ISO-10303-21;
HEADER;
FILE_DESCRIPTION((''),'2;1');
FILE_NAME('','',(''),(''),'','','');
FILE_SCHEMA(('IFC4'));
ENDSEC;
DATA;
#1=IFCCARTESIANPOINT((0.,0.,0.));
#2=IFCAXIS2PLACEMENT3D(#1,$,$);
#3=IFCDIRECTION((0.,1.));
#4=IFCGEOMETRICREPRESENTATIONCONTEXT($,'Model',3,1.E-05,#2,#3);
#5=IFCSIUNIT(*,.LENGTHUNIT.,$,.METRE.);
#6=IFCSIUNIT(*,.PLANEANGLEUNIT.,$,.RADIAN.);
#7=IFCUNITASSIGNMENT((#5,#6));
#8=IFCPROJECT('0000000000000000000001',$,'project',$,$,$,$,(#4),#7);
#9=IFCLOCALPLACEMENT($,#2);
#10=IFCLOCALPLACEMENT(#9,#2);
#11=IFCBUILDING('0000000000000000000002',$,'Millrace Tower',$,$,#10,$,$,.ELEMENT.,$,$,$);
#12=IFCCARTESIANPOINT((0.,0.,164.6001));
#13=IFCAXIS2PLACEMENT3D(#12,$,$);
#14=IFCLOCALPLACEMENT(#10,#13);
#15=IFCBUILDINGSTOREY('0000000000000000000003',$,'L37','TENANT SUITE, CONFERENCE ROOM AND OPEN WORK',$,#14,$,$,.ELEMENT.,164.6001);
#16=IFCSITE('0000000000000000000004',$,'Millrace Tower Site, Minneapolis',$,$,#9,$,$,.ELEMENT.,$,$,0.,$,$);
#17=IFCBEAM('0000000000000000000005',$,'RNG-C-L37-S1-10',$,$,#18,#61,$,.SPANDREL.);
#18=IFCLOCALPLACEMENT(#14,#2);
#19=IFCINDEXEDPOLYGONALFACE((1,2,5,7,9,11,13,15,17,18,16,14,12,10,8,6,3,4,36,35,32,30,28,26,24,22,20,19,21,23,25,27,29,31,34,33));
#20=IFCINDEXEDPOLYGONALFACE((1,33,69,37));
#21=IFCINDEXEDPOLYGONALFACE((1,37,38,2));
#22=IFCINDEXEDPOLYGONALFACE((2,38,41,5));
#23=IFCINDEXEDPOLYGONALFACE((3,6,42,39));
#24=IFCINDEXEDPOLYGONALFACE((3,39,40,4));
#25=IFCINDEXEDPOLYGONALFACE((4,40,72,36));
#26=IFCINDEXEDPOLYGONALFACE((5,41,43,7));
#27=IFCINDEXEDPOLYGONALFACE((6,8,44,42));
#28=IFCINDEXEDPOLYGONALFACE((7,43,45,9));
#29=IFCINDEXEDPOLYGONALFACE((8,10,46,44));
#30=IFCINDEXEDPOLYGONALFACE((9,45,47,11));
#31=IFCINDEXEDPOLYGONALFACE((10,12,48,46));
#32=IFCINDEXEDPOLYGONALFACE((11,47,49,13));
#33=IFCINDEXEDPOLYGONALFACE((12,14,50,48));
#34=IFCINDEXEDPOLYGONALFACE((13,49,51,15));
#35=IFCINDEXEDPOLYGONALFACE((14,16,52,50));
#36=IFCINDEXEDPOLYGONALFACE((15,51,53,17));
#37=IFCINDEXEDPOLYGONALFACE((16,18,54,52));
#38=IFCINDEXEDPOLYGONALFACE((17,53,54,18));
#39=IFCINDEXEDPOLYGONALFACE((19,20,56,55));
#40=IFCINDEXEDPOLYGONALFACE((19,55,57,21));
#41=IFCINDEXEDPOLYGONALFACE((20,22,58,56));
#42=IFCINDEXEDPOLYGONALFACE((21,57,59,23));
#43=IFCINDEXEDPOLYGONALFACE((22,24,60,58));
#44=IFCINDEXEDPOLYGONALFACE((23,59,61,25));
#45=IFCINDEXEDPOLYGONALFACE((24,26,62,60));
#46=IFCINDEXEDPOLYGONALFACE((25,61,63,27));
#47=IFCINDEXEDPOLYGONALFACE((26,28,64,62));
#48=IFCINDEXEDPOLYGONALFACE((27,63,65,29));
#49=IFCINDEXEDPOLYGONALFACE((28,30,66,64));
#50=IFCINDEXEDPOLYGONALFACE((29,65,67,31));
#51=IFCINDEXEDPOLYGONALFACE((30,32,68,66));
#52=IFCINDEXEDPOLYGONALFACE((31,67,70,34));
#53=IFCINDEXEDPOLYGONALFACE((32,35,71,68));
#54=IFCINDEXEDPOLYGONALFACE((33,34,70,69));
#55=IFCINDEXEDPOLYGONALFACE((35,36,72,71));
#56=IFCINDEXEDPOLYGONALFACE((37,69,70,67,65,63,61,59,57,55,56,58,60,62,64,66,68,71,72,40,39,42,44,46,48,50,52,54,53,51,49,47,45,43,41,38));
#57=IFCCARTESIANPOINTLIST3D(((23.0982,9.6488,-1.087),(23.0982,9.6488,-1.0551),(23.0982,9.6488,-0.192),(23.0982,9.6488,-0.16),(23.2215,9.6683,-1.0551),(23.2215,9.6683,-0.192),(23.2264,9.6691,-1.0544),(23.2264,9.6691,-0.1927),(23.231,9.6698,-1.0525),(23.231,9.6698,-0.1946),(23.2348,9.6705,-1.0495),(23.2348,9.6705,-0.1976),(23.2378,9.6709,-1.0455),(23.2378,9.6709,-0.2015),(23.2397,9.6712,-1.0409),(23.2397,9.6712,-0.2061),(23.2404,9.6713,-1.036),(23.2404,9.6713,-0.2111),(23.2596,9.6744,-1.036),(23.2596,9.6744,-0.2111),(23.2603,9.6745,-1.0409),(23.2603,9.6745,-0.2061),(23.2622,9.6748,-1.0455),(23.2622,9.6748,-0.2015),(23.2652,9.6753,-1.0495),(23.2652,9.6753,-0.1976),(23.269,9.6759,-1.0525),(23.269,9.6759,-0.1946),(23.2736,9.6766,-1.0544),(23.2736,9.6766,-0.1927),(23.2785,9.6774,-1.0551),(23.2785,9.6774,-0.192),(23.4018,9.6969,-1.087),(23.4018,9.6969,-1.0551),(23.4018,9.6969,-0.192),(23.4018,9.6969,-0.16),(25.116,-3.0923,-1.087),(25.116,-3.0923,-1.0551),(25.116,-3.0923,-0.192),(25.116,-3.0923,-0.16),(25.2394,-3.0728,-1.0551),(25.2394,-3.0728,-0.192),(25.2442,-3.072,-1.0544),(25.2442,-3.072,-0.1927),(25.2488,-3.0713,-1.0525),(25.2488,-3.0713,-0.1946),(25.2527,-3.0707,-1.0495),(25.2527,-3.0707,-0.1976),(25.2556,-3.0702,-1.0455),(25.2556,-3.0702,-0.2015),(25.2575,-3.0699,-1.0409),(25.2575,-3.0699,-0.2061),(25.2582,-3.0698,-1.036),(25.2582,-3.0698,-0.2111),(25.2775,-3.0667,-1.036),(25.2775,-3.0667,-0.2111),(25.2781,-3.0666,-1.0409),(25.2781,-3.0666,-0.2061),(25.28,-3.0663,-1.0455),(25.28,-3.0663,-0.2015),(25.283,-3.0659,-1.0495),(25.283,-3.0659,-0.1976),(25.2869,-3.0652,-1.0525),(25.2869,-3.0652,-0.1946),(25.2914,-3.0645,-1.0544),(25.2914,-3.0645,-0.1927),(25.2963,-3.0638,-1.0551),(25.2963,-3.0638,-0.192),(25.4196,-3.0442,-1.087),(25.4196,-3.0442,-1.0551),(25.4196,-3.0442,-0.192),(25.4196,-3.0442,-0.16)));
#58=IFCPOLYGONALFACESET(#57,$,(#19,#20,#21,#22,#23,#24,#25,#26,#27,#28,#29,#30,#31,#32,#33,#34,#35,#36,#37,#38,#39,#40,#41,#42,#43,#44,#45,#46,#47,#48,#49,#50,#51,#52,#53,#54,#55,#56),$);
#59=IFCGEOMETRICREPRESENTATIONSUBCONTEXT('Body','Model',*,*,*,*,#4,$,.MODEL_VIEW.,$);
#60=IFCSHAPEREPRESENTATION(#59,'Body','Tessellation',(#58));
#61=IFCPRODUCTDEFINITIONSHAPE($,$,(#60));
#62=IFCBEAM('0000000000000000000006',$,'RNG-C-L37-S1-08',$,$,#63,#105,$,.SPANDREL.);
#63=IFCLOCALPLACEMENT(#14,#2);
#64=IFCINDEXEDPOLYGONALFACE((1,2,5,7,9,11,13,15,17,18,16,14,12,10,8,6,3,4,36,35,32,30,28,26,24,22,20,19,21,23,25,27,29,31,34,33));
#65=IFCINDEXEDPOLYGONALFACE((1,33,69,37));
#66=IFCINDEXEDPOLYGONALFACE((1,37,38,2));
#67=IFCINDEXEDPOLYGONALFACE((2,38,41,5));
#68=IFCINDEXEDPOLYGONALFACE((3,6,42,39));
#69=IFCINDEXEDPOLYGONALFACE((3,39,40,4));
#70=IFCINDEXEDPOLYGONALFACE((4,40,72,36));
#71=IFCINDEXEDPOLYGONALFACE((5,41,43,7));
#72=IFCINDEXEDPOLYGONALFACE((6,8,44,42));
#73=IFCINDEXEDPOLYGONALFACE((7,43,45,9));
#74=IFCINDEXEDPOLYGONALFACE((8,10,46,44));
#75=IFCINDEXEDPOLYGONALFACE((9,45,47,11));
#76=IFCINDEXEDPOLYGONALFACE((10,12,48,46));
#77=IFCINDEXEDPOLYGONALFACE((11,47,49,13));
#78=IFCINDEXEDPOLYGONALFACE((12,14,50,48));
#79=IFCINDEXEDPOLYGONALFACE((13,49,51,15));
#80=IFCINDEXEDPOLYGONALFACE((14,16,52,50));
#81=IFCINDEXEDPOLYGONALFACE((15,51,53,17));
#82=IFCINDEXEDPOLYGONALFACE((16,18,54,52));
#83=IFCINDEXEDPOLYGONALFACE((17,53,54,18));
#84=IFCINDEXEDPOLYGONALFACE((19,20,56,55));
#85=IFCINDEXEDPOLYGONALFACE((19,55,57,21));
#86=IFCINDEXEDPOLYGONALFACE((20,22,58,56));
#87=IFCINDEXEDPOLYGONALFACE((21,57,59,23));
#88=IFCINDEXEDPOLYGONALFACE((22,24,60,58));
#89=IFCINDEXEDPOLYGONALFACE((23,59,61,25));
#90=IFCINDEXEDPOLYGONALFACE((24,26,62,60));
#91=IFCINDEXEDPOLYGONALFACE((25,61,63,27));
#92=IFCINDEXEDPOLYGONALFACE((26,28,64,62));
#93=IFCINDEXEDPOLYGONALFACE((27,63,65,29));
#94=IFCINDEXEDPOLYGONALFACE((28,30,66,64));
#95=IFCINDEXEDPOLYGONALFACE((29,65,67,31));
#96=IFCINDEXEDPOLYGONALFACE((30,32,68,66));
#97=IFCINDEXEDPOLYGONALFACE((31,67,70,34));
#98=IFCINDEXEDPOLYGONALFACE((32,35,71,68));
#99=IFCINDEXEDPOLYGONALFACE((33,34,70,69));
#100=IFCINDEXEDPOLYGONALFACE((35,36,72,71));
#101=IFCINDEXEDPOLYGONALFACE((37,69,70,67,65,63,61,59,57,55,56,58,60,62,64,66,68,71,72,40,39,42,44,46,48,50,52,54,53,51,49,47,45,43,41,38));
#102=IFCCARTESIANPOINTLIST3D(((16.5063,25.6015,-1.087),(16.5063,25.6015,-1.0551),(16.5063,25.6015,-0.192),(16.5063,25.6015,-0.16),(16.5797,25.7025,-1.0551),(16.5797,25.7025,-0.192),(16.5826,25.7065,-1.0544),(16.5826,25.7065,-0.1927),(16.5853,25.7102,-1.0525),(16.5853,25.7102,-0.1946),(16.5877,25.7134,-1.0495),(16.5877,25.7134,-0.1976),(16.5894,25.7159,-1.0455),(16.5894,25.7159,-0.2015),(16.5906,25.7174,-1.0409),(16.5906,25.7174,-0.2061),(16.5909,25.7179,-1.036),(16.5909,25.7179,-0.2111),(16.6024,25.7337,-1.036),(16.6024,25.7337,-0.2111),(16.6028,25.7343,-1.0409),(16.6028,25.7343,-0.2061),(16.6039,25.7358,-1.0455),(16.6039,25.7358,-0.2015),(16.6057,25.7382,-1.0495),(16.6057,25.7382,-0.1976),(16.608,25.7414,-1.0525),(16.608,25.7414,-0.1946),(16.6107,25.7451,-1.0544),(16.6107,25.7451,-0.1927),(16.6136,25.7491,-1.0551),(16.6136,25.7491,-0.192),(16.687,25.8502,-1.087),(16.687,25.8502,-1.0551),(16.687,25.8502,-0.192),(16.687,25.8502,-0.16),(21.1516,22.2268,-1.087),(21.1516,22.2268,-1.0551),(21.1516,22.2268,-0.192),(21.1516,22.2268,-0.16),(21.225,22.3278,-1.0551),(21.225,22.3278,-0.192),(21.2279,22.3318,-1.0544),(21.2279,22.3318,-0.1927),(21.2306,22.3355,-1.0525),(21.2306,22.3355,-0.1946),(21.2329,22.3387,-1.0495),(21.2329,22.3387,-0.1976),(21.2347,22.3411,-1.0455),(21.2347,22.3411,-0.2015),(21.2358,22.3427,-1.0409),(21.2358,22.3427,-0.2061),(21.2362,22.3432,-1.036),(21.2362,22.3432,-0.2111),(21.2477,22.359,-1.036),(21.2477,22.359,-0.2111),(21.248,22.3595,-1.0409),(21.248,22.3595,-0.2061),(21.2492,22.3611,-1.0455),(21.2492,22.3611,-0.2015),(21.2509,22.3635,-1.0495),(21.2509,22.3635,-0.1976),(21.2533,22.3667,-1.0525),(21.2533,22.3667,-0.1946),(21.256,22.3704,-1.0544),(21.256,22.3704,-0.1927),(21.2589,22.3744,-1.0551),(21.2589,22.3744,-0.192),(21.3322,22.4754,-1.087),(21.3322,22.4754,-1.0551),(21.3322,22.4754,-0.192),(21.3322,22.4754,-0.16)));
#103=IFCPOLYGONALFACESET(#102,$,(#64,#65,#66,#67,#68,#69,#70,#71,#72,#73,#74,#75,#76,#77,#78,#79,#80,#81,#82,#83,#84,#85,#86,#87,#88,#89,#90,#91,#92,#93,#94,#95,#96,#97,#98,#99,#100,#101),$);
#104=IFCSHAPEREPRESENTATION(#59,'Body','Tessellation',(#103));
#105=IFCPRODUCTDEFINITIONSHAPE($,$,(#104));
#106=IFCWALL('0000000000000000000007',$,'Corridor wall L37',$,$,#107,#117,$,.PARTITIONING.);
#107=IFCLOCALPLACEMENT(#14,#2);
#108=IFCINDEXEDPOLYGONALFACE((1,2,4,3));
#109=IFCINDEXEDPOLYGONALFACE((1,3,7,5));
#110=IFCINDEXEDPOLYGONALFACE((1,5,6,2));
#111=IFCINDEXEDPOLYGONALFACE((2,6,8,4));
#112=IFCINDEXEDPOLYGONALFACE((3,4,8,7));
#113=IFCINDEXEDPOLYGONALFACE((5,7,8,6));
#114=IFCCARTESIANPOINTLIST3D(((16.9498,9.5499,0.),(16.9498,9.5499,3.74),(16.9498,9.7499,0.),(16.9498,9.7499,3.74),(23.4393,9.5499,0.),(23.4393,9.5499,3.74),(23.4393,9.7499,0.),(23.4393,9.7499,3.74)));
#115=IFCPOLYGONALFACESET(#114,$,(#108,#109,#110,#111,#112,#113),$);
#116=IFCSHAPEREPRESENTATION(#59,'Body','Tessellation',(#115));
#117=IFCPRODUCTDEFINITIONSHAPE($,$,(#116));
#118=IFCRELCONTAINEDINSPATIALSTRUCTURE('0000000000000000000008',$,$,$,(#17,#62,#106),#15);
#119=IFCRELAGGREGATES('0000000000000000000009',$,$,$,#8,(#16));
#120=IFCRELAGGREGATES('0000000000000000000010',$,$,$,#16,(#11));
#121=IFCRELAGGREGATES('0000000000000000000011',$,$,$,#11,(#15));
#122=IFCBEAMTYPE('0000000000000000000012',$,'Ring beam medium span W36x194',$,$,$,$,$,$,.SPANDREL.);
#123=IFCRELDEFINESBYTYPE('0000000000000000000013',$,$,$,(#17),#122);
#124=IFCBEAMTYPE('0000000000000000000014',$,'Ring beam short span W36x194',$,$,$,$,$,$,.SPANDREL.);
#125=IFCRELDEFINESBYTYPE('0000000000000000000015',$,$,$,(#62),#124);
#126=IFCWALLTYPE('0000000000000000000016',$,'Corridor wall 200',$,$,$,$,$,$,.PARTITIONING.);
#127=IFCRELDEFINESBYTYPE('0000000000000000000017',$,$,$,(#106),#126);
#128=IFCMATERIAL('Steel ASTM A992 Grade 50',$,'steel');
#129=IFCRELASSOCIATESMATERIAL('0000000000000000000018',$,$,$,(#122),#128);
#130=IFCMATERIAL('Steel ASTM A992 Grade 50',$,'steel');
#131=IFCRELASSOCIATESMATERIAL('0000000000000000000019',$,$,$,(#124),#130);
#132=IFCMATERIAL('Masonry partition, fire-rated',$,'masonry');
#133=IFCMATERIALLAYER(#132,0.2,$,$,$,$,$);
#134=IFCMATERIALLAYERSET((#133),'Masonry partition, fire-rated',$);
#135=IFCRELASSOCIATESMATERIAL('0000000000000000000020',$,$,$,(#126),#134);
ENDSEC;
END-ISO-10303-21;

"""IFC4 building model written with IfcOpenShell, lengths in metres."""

from ifc_helpers import new_model, si_unit, direction, frame, frame_2d, origin, origin_2d, place, context, subcontext, project, spatial, rectangle, i_section, extrude, material, layer, layer_set, material_profile, profile_set, type_object, element, save


model = new_model("IFC4")

# Units and contexts
model_context = context("Model", 3, precision=1e-05, world=origin(), true_north=direction((0.0, 1.0)))
body_context = subcontext(model_context, "Body", "Model", "MODEL_VIEW")
ifc_project = project(units=[si_unit("LENGTHUNIT", "METRE"), si_unit("PLANEANGLEUNIT", "RADIAN")], contexts=[model_context])

# Site, building, storey
site_placement = place(None, origin())
site = spatial("IfcSite", under=ifc_project, at=site_placement, Name="Millrace Tower Site, Minneapolis", CompositionType="ELEMENT", RefElevation=0.0)
building_placement = place(site_placement, origin())
building = spatial("IfcBuilding", under=site, at=building_placement, Name="Millrace Tower", CompositionType="ELEMENT")
storey_placement = place(building_placement, frame((0.0, 0.0, 164.6001)))
storey = spatial("IfcBuildingStorey", under=building, at=storey_placement, Name="L37", Description="TENANT SUITE, CONFERENCE ROOM AND OPEN WORK", CompositionType="ELEMENT", Elevation=164.6001)

# Beams
ifc_material_1 = material(Name="Steel ASTM A992 Grade 50", Category="steel")
ifc_material_profile_1 = material_profile(ifc_material_1, i_section(OverallWidth=0.3074, OverallDepth=0.927, WebThickness=0.0195, FlangeThickness=0.032, FilletRadius=0.019, at=origin_2d()))
ifc_profile_set_1 = profile_set([ifc_material_profile_1], Name="Steel ASTM A992 Grade 50")
beam_type_1 = type_object("IfcBeamType", Name="Ring beam medium span W36x194", PredefinedType="SPANDREL", material=ifc_profile_set_1)
beam_1_placement = place(storey_placement, frame((23.25, 9.6729, -0.6235), z_axis=(0.15642, -0.987691, 0.0), x_axis=(0.987691, 0.15642, 0.0)))
element("IfcBeam", 1, at=beam_1_placement, inside=storey, type_object=beam_type_1, Name="RNG-C-L37-S1-10", PredefinedType="SPANDREL", context=body_context, shape_type="SweptSolid", body=[
    extrude(i_section(OverallWidth=0.3074, OverallDepth=0.927, WebThickness=0.0195, FlangeThickness=0.032, FilletRadius=0.019, at=origin_2d()), origin(), (0.0, 0.0, 1.0), 12.8999),
])
ifc_material_2 = material(Name="Steel ASTM A992 Grade 50", Category="steel")
ifc_material_profile_2 = material_profile(ifc_material_2, i_section(OverallWidth=0.3074, OverallDepth=0.927, WebThickness=0.0195, FlangeThickness=0.032, FilletRadius=0.019, at=origin_2d()))
ifc_profile_set_2 = profile_set([ifc_material_profile_2], Name="Steel ASTM A992 Grade 50")
beam_type_2 = type_object("IfcBeamType", Name="Ring beam short span W36x194", PredefinedType="SPANDREL", material=ifc_profile_set_2)
beam_2_placement = place(storey_placement, frame((16.5967, 25.7258, -0.6235), z_axis=(0.809036, -0.58776, 0.0), x_axis=(0.58776, 0.809036, 0.0)))
element("IfcBeam", 2, at=beam_2_placement, inside=storey, type_object=beam_type_2, Name="RNG-C-L37-S1-08", PredefinedType="SPANDREL", context=body_context, shape_type="SweptSolid", body=[
    extrude(i_section(OverallWidth=0.3074, OverallDepth=0.927, WebThickness=0.0195, FlangeThickness=0.032, FilletRadius=0.019, at=origin_2d()), origin(), (0.0, 0.0, 1.0), 5.7417),
])

# Wall
ifc_material_3 = material(Name="Masonry partition, fire-rated", Category="masonry")
ifc_layer_1 = layer(ifc_material_3, 0.2)
ifc_layer_set_1 = layer_set([ifc_layer_1], Name="Masonry partition, fire-rated")
wall_type = type_object("IfcWallType", Name="Corridor wall 200", PredefinedType="PARTITIONING", material=ifc_layer_set_1)
wall_placement = place(storey_placement, frame((16.95, 9.6499, 0.0), z_axis=(0.0, 0.0, 1.0), x_axis=(1.0, 0.0, 0.0)))
element("IfcWall", 3, at=wall_placement, inside=storey, type_object=wall_type, Name="Corridor wall L37", PredefinedType="PARTITIONING", context=body_context, shape_type="SweptSolid", body=[
    extrude(rectangle(XDim=6.4895, YDim=0.2, at=frame_2d((3.2446, 0.0))), origin(), (0.0, 0.0, 1.0), 3.74),
])

save(model, "model.ifc")
